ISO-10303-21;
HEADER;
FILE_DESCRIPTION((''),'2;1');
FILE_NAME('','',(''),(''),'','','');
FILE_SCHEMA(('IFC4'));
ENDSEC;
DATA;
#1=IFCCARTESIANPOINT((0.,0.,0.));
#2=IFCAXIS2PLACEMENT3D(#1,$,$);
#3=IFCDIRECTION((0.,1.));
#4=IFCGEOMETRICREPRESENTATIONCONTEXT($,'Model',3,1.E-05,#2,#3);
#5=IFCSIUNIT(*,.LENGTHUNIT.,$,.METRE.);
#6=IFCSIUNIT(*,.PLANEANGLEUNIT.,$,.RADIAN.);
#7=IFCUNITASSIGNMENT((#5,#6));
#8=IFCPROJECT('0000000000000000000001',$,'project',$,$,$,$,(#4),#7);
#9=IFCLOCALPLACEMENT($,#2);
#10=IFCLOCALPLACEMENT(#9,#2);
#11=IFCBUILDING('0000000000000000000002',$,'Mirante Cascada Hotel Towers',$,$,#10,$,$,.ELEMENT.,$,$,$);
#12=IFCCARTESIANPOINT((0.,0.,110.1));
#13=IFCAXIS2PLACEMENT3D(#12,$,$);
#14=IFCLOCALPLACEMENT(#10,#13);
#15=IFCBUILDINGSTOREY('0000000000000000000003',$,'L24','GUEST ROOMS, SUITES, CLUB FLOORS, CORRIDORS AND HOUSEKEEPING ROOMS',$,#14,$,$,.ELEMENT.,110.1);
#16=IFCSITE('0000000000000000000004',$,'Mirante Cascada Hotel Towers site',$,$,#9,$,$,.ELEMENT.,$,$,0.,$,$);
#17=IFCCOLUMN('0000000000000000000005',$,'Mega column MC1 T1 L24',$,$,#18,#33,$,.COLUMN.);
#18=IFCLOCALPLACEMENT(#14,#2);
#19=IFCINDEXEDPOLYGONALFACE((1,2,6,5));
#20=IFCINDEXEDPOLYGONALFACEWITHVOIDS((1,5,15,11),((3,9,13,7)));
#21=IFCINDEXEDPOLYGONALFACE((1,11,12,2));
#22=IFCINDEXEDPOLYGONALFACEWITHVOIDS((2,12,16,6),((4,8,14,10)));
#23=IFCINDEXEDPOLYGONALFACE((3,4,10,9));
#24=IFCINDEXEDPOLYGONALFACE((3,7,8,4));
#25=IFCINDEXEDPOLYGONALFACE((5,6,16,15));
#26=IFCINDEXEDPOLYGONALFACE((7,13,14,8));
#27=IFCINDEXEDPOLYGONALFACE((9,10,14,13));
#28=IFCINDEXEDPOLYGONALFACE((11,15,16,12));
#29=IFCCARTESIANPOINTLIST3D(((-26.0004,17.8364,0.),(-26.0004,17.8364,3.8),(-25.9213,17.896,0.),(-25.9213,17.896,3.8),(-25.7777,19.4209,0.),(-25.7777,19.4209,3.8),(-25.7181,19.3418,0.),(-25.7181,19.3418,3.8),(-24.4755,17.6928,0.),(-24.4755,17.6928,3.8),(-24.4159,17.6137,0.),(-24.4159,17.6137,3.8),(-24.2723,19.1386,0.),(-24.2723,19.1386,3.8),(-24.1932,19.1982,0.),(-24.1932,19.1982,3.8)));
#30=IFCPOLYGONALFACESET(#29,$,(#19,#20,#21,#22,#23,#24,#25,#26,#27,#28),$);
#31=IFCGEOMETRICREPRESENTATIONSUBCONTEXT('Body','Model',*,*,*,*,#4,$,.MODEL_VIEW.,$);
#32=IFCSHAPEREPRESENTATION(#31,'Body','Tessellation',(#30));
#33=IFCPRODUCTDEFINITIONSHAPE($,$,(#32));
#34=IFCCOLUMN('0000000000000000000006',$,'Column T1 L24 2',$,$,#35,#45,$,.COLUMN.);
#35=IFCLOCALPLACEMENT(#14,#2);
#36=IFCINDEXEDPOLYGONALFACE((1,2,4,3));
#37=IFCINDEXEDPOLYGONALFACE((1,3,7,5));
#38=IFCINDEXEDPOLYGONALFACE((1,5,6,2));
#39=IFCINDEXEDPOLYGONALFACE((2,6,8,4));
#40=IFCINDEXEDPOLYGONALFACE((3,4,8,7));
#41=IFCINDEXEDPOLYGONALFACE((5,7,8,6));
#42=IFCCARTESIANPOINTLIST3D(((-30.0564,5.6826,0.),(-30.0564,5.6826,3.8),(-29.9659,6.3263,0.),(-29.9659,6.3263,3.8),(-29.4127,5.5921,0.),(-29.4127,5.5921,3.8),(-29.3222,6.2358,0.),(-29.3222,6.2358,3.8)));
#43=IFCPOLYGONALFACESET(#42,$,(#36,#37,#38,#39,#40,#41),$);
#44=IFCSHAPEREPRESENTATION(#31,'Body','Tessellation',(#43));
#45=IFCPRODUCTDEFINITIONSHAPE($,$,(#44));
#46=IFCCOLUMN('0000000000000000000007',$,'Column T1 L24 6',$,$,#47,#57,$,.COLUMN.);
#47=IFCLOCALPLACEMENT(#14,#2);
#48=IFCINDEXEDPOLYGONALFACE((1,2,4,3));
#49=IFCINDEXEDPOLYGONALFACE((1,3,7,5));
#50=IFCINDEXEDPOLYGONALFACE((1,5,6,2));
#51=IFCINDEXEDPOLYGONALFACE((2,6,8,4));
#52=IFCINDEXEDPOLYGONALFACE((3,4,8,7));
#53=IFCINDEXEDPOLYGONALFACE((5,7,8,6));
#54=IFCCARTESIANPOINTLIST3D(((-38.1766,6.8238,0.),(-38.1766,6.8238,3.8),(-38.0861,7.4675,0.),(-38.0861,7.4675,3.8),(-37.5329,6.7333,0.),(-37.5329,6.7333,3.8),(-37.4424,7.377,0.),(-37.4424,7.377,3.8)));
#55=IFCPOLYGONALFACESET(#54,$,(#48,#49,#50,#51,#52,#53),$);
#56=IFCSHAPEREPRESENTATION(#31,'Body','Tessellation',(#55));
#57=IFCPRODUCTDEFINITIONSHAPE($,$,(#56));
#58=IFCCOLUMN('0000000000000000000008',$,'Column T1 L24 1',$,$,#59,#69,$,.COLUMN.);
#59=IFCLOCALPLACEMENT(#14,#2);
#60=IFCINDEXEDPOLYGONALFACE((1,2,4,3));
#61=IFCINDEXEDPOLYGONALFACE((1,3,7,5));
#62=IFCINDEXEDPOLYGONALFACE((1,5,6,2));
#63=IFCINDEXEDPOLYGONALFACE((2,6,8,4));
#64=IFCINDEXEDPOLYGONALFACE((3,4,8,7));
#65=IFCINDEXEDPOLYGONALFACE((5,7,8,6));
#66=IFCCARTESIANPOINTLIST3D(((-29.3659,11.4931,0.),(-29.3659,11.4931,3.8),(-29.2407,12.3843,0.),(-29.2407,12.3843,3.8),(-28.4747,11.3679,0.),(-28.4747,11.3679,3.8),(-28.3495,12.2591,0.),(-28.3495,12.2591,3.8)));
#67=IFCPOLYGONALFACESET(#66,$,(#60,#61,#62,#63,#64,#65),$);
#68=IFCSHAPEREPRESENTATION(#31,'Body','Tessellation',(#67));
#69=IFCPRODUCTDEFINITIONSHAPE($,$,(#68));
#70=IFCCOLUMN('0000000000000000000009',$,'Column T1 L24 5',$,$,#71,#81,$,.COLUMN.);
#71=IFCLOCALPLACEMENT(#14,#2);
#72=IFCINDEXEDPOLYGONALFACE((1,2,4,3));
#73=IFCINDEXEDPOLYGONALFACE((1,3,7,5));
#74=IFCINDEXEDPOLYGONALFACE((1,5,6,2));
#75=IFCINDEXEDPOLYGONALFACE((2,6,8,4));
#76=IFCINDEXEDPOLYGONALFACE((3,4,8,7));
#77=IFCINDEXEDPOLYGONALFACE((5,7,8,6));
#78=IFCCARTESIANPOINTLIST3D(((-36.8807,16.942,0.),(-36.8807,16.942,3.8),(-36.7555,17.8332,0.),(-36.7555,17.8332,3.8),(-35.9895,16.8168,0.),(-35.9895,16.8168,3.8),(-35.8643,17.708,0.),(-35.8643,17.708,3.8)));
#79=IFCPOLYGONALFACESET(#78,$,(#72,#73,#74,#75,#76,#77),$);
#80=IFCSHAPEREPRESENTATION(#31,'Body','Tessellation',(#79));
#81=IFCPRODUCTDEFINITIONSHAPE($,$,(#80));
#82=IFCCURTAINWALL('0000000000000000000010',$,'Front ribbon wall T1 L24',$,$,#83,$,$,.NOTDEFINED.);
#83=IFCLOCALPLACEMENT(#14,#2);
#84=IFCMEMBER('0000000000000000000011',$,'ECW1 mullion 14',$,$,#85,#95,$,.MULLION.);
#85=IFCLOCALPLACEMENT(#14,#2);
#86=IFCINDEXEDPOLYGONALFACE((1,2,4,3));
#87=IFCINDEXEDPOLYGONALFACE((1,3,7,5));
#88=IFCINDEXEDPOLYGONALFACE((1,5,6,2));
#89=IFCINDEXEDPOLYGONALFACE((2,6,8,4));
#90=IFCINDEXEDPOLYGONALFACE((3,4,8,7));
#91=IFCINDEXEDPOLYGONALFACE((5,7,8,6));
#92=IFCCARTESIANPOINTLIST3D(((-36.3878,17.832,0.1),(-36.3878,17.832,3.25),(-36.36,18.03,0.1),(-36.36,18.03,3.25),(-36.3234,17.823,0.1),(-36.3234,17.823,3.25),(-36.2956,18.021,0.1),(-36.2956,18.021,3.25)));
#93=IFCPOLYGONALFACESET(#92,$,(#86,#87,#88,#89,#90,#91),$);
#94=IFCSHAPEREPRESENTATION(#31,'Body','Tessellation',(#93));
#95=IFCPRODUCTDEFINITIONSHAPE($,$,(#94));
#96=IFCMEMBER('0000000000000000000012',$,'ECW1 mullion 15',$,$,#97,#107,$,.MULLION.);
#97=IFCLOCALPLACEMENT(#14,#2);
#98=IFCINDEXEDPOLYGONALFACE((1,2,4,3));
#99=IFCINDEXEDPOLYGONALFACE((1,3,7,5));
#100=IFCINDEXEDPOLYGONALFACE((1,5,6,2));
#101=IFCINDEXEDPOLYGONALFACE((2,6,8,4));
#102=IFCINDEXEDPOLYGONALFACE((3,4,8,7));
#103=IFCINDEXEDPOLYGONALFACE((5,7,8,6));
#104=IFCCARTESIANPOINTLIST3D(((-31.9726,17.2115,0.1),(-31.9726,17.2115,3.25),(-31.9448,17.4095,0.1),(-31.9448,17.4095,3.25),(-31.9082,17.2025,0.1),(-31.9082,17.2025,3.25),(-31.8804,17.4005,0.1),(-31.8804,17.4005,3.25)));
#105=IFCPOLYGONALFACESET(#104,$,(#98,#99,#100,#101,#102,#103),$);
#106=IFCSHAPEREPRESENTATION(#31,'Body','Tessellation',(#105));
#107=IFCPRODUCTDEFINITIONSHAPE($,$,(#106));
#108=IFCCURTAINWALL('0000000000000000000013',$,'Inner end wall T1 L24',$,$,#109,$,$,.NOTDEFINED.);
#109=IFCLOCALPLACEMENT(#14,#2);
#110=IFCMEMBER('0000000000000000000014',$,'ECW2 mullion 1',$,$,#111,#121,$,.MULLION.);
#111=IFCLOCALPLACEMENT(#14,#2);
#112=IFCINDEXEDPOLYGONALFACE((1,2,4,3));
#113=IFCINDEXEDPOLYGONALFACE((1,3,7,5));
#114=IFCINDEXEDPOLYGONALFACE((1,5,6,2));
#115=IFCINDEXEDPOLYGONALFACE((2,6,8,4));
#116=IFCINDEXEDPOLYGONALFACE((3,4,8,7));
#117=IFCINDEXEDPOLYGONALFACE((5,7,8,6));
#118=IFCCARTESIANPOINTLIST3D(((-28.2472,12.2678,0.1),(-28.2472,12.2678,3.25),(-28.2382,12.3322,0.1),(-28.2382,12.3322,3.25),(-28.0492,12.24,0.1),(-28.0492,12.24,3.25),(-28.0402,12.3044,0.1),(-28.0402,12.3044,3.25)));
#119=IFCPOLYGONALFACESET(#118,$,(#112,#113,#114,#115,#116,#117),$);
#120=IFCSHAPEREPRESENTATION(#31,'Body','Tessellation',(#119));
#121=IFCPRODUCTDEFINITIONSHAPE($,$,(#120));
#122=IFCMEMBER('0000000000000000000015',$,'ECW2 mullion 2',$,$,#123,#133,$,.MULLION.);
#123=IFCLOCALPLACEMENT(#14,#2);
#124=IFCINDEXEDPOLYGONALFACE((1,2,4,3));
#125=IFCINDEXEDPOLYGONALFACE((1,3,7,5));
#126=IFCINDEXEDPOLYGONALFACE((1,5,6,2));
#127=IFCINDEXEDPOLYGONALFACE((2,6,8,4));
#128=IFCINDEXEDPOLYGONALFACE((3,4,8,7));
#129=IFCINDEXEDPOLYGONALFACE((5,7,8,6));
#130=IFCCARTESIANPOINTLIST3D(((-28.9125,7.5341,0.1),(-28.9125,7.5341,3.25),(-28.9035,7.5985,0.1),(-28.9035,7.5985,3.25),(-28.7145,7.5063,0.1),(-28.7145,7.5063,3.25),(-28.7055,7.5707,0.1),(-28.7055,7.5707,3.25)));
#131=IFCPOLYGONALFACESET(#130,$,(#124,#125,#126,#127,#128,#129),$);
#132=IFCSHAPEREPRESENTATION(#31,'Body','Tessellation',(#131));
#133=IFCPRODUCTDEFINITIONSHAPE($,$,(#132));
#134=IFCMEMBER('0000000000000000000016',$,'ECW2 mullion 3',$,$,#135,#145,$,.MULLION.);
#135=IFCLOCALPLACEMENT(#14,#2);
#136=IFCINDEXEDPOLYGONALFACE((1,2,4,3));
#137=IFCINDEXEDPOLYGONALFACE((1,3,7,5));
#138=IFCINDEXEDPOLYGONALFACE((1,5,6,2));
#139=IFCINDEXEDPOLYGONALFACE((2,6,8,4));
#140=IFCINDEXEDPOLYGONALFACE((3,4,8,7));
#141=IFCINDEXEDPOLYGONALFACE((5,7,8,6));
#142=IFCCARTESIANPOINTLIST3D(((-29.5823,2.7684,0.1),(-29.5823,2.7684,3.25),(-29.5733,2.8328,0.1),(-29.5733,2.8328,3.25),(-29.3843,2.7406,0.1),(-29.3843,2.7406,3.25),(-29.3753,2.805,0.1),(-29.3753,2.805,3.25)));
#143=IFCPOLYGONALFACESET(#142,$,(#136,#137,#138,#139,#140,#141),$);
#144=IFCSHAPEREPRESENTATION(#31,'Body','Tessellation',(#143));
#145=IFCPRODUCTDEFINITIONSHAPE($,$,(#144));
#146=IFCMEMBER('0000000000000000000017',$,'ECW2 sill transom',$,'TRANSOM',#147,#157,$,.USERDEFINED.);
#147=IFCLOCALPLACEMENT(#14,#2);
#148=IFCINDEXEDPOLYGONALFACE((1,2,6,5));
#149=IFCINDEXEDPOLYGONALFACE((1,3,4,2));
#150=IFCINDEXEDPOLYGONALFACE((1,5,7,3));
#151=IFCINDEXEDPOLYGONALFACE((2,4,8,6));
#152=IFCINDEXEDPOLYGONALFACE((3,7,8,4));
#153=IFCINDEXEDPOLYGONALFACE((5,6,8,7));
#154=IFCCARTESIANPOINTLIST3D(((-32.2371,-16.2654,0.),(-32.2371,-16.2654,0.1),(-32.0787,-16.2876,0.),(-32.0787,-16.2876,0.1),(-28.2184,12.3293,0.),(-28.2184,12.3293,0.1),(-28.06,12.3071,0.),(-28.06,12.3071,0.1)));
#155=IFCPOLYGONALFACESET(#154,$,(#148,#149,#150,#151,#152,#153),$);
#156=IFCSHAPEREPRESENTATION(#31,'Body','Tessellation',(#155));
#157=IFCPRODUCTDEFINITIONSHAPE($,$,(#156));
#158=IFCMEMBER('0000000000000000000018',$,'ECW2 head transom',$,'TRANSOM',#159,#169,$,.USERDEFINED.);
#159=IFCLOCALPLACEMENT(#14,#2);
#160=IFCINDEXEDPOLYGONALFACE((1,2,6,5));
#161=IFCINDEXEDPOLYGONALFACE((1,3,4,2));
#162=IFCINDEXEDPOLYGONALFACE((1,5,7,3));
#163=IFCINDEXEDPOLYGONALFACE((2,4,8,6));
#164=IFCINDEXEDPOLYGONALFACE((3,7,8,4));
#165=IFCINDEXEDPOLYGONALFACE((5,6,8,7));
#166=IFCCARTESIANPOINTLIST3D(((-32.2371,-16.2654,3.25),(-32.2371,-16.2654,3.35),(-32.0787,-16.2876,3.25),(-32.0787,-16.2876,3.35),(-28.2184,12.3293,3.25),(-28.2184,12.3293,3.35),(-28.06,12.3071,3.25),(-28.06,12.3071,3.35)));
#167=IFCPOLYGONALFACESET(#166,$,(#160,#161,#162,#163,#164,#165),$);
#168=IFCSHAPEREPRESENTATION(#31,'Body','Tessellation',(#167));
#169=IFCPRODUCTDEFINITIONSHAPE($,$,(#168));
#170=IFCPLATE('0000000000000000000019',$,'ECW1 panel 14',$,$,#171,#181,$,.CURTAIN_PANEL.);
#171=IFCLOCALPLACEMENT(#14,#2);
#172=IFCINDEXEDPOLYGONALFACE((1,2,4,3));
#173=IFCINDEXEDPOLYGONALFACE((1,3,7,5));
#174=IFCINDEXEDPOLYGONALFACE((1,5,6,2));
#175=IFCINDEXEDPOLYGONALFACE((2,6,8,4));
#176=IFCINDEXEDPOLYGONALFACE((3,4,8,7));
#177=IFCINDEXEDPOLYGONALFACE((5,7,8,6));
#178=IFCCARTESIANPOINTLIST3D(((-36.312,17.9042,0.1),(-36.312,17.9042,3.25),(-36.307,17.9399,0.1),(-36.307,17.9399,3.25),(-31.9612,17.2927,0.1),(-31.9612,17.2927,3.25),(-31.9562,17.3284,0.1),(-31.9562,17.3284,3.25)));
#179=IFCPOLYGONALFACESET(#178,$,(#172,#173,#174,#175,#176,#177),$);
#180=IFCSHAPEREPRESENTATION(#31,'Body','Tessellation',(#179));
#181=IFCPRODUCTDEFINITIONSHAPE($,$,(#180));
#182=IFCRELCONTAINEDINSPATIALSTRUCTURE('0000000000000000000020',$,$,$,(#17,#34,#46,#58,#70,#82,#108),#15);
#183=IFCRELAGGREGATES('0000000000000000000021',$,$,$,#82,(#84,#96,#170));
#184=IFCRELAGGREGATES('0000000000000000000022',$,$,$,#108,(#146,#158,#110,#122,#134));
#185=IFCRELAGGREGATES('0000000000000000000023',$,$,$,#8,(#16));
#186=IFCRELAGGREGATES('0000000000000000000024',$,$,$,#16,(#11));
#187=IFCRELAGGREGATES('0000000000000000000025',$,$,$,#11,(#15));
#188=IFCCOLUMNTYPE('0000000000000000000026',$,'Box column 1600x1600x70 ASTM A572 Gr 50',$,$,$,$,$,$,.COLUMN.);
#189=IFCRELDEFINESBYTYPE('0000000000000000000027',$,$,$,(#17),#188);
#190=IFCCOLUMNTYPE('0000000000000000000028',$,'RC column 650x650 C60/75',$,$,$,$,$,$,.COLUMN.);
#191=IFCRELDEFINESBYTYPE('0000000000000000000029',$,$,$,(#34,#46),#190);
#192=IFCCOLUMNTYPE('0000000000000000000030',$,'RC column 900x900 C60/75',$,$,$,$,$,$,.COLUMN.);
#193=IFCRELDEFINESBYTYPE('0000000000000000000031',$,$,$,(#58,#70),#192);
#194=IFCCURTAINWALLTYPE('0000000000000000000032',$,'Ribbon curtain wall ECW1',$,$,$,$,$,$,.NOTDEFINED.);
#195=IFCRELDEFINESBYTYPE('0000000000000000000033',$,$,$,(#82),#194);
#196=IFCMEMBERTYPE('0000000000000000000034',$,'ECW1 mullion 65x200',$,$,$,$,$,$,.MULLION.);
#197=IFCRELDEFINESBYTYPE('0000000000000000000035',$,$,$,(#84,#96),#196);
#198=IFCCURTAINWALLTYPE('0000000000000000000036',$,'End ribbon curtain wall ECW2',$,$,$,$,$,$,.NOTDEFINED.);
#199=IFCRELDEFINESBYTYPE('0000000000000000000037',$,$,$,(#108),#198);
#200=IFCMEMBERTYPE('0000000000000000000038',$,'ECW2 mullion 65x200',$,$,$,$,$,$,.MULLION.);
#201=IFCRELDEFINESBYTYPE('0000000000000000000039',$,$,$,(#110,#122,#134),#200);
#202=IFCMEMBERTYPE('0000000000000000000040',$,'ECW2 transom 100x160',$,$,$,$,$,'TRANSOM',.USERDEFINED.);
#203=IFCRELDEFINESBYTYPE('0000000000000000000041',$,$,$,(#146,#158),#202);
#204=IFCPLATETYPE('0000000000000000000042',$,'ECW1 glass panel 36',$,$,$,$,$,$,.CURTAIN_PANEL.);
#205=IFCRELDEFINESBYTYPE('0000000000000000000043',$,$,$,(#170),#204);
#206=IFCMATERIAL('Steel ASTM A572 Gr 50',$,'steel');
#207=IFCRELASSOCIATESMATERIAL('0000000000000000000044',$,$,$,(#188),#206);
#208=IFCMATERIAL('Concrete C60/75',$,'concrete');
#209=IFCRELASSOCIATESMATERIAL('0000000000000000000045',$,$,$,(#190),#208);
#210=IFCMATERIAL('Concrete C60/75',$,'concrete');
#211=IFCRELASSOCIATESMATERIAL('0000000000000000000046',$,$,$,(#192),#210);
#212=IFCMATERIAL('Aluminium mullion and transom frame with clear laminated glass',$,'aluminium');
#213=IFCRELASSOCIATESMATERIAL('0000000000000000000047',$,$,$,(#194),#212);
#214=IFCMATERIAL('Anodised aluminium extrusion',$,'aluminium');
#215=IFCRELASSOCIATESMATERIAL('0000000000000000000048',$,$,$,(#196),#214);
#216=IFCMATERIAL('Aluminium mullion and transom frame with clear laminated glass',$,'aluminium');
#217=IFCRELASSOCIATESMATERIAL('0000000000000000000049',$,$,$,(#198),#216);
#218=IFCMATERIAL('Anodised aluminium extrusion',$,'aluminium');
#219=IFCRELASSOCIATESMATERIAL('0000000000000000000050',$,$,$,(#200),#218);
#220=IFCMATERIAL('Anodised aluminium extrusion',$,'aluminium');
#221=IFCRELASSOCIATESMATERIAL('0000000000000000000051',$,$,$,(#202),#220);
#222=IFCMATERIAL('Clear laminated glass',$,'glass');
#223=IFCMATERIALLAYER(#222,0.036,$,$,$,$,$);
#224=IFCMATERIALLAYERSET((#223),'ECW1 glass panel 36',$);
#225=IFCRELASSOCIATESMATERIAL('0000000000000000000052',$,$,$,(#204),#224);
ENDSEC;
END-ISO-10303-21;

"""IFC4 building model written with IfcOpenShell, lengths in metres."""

from ifc_helpers import new_model, si_unit, direction, frame, origin, origin_2d, place, context, subcontext, project, spatial, rectangle, hollow_rectangle, extrude, material, layer, layer_set, material_profile, profile_set, type_object, element, aggregate, save


model = new_model("IFC4")

# Units and contexts
model_context = context("Model", 3, precision=1e-05, world=origin(), true_north=direction((0.0, 1.0)))
body_context = subcontext(model_context, "Body", "Model", "MODEL_VIEW")
ifc_project = project(units=[si_unit("LENGTHUNIT", "METRE"), si_unit("PLANEANGLEUNIT", "RADIAN")], contexts=[model_context])

# Site, building, storey
site_placement = place(None, origin())
site = spatial("IfcSite", under=ifc_project, at=site_placement, Name="Mirante Cascada Hotel Towers site", CompositionType="ELEMENT", RefElevation=0.0)
building_placement = place(site_placement, origin())
building = spatial("IfcBuilding", under=site, at=building_placement, Name="Mirante Cascada Hotel Towers", CompositionType="ELEMENT")
storey_placement = place(building_placement, frame((0.0, 0.0, 110.1)))
storey = spatial("IfcBuildingStorey", under=building, at=storey_placement, Name="L24", Description="GUEST ROOMS, SUITES, CLUB FLOORS, CORRIDORS AND HOUSEKEEPING ROOMS", CompositionType="ELEMENT", Elevation=110.1)

# Columns
ifc_material_1 = material(Name="Steel ASTM A572 Gr 50", Category="steel")
ifc_material_profile_1 = material_profile(ifc_material_1, hollow_rectangle(XDim=1.6, YDim=1.6, WallThickness=0.07, at=origin_2d()), Name="Box column 1600x1600x70 ASTM A572 Gr 50")
ifc_profile_set_1 = profile_set([ifc_material_profile_1], Name="Steel ASTM A572 Gr 50")
column_type_1 = type_object("IfcColumnType", Name="Box column 1600x1600x70 ASTM A572 Gr 50", PredefinedType="COLUMN", material=ifc_profile_set_1)
column_placement = place(storey_placement, frame((-25.0968, 18.5173, 0.0), z_axis=(0.0, 0.0, 1.0), x_axis=(-0.990268, 0.139173, 0.0)))
element("IfcColumn", 1, at=column_placement, inside=storey, type_object=column_type_1, Name="Mega column MC1 T1 L24", PredefinedType="COLUMN", context=body_context, shape_type="SweptSolid", body=[
    extrude(hollow_rectangle(XDim=1.6, YDim=1.6, WallThickness=0.07, at=origin_2d()), origin(), (0.0, 0.0, 1.0), 3.8),
])
ifc_material_2 = material(Name="Concrete C60/75", Category="concrete")
ifc_material_profile_2 = material_profile(ifc_material_2, rectangle(XDim=0.65, YDim=0.65, at=origin_2d()), Name="RC column 650x650 C60/75")
ifc_profile_set_2 = profile_set([ifc_material_profile_2], Name="Concrete C60/75")
column_type_2 = type_object("IfcColumnType", Name="RC column 650x650 C60/75", PredefinedType="COLUMN", material=ifc_profile_set_2)
for number, where, z_axis, x_axis, name in (
    (2, (-29.6893, 5.9592, 0.0), (0.0, 0.0, 1.0), (-0.990268, 0.139173, 0.0), "Column T1 L24 2"),
    (3, (-37.8095, 7.1004, 0.0), (0.0, 0.0, 1.0), (-0.990268, 0.139173, 0.0), "Column T1 L24 6"),
):
    element("IfcColumn", number, at=place(storey_placement, frame(where, z_axis=z_axis, x_axis=x_axis)), inside=storey, type_object=column_type_2, Name=name, PredefinedType="COLUMN", context=body_context, shape_type="SweptSolid", body=[
        extrude(rectangle(XDim=0.65, YDim=0.65, at=origin_2d()), origin(), (0.0, 0.0, 1.0), 3.8),
    ])
ifc_material_3 = material(Name="Concrete C60/75", Category="concrete")
ifc_material_profile_3 = material_profile(ifc_material_3, rectangle(XDim=0.9, YDim=0.9, at=origin_2d()), Name="RC column 900x900 C60/75")
ifc_profile_set_3 = profile_set([ifc_material_profile_3], Name="Concrete C60/75")
column_type_3 = type_object("IfcColumnType", Name="RC column 900x900 C60/75", PredefinedType="COLUMN", material=ifc_profile_set_3)
for number, where, z_axis, x_axis, name in (
    (4, (-28.8577, 11.8761, 0.0), (0.0, 0.0, 1.0), (-0.990268, 0.139173, 0.0), "Column T1 L24 1"),
    (5, (-36.3725, 17.325, 0.0), (0.0, 0.0, 1.0), (-0.990268, 0.139173, 0.0), "Column T1 L24 5"),
):
    element("IfcColumn", number, at=place(storey_placement, frame(where, z_axis=z_axis, x_axis=x_axis)), inside=storey, type_object=column_type_3, Name=name, PredefinedType="COLUMN", context=body_context, shape_type="SweptSolid", body=[
        extrude(rectangle(XDim=0.9, YDim=0.9, at=origin_2d()), origin(), (0.0, 0.0, 1.0), 3.8),
    ])

# Curtain walls, members
ifc_material_4 = material(Name="Aluminium mullion and transom frame with clear laminated glass", Category="aluminium")
curtain_wall_type_1 = type_object("IfcCurtainWallType", Name="Ribbon curtain wall ECW1", PredefinedType="NOTDEFINED", material=ifc_material_4)
curtain_wall_1_placement = place(storey_placement, origin())
curtain_wall_1 = element("IfcCurtainWall", 6, at=curtain_wall_1_placement, inside=storey, type_object=curtain_wall_type_1, Name="Front ribbon wall T1 L24", PredefinedType="NOTDEFINED")
ifc_material_5 = material(Name="Anodised aluminium extrusion", Category="aluminium")
ifc_material_profile_4 = material_profile(ifc_material_5, rectangle(XDim=0.2, YDim=0.065, at=origin_2d()), Name="ECW1 MULLION 65x200")
ifc_profile_set_4 = profile_set([ifc_material_profile_4], Name="Anodised aluminium extrusion")
member_type_1 = type_object("IfcMemberType", Name="ECW1 mullion 65x200", PredefinedType="MULLION", material=ifc_profile_set_4)
member_1_placement = place(storey_placement, frame((-36.3417, 17.9265, 0.1), z_axis=(0.0, 0.0, 1.0), x_axis=(0.139173, 0.990268, 0.0)))
member_1 = element("IfcMember", 7, at=member_1_placement, type_object=member_type_1, Name="ECW1 mullion 14", PredefinedType="MULLION", context=body_context, shape_type="SweptSolid", body=[
    extrude(rectangle(XDim=0.2, YDim=0.065, at=origin_2d()), origin(), (0.0, 0.0, 1.0), 3.15),
])
member_2_placement = place(storey_placement, frame((-31.9265, 17.306, 0.1), z_axis=(0.0, 0.0, 1.0), x_axis=(0.139173, 0.990268, 0.0)))
member_2 = element("IfcMember", 8, at=member_2_placement, type_object=member_type_1, Name="ECW1 mullion 15", PredefinedType="MULLION", context=body_context, shape_type="SweptSolid", body=[
    extrude(rectangle(XDim=0.2, YDim=0.065, at=origin_2d()), origin(), (0.0, 0.0, 1.0), 3.15),
])
ifc_material_6 = material(Name="Aluminium mullion and transom frame with clear laminated glass", Category="aluminium")
curtain_wall_type_2 = type_object("IfcCurtainWallType", Name="End ribbon curtain wall ECW2", PredefinedType="NOTDEFINED", material=ifc_material_6)
curtain_wall_2_placement = place(storey_placement, origin())
curtain_wall_2 = element("IfcCurtainWall", 9, at=curtain_wall_2_placement, inside=storey, type_object=curtain_wall_type_2, Name="Inner end wall T1 L24", PredefinedType="NOTDEFINED")
ifc_material_7 = material(Name="Anodised aluminium extrusion", Category="aluminium")
ifc_material_profile_5 = material_profile(ifc_material_7, rectangle(XDim=0.2, YDim=0.065, at=origin_2d()), Name="ECW2 MULLION 65x200")
ifc_profile_set_5 = profile_set([ifc_material_profile_5], Name="Anodised aluminium extrusion")
member_type_2 = type_object("IfcMemberType", Name="ECW2 mullion 65x200", PredefinedType="MULLION", material=ifc_profile_set_5)
member_3_placement = place(storey_placement, frame((-28.1437, 12.2861, 0.1), z_axis=(0.0, 0.0, 1.0), x_axis=(0.990268, -0.139173, 0.0)))
member_3 = element("IfcMember", 10, at=member_3_placement, type_object=member_type_2, Name="ECW2 mullion 1", PredefinedType="MULLION", context=body_context, shape_type="SweptSolid", body=[
    extrude(rectangle(XDim=0.2, YDim=0.065, at=origin_2d()), origin(), (0.0, 0.0, 1.0), 3.15),
])
member_4_placement = place(storey_placement, frame((-28.809, 7.5524, 0.1), z_axis=(0.0, 0.0, 1.0), x_axis=(0.990268, -0.139173, 0.0)))
member_4 = element("IfcMember", 11, at=member_4_placement, type_object=member_type_2, Name="ECW2 mullion 2", PredefinedType="MULLION", context=body_context, shape_type="SweptSolid", body=[
    extrude(rectangle(XDim=0.2, YDim=0.065, at=origin_2d()), origin(), (0.0, 0.0, 1.0), 3.15),
])
member_5_placement = place(storey_placement, frame((-29.4788, 2.7867, 0.1), z_axis=(0.0, 0.0, 1.0), x_axis=(0.990268, -0.139173, 0.0)))
member_5 = element("IfcMember", 12, at=member_5_placement, type_object=member_type_2, Name="ECW2 mullion 3", PredefinedType="MULLION", context=body_context, shape_type="SweptSolid", body=[
    extrude(rectangle(XDim=0.2, YDim=0.065, at=origin_2d()), origin(), (0.0, 0.0, 1.0), 3.15),
])
ifc_material_8 = material(Name="Anodised aluminium extrusion", Category="aluminium")
ifc_material_profile_6 = material_profile(ifc_material_8, rectangle(XDim=0.16, YDim=0.1, at=origin_2d()), Name="ECW2 TRANSOM 100x160")
ifc_profile_set_6 = profile_set([ifc_material_profile_6], Name="Anodised aluminium extrusion")
member_type_3 = type_object("IfcMemberType", Name="ECW2 transom 100x160", ElementType="TRANSOM", PredefinedType="USERDEFINED", material=ifc_profile_set_6)
member_6_placement = place(storey_placement, frame((-28.1392, 12.3182, 0.05), z_axis=(-0.139172, -0.990268, 0.0), x_axis=(0.990268, -0.139172, 0.0)))
member_6 = element("IfcMember", 13, at=member_6_placement, type_object=member_type_3, Name="ECW2 sill transom", ObjectType="TRANSOM", PredefinedType="USERDEFINED", context=body_context, shape_type="SweptSolid", body=[
    extrude(rectangle(XDim=0.16, YDim=0.1, at=origin_2d()), origin(), (0.0, 0.0, 1.0), 28.8757),
])
member_7_placement = place(storey_placement, frame((-28.1392, 12.3182, 3.3), z_axis=(-0.139172, -0.990268, 0.0), x_axis=(0.990268, -0.139172, 0.0)))
member_7 = element("IfcMember", 14, at=member_7_placement, type_object=member_type_3, Name="ECW2 head transom", ObjectType="TRANSOM", PredefinedType="USERDEFINED", context=body_context, shape_type="SweptSolid", body=[
    extrude(rectangle(XDim=0.16, YDim=0.1, at=origin_2d()), origin(), (0.0, 0.0, 1.0), 28.8757),
])

# Plate
ifc_material_9 = material(Name="Clear laminated glass", Category="glass")
ifc_layer_1 = layer(ifc_material_9, 0.036)
ifc_layer_set_1 = layer_set([ifc_layer_1], Name="ECW1 glass panel 36")
plate_type_1 = type_object("IfcPlateType", Name="ECW1 glass panel 36", PredefinedType="CURTAIN_PANEL", material=ifc_layer_set_1)
plate_1_placement = place(storey_placement, frame((-34.1341, 17.6163, 0.1), z_axis=(0.0, 0.0, 1.0), x_axis=(0.990268, -0.139173, 0.0)))
plate_1 = element("IfcPlate", 15, at=plate_1_placement, type_object=plate_type_1, Name="ECW1 panel 14", PredefinedType="CURTAIN_PANEL", context=body_context, shape_type="SweptSolid", body=[
    extrude(rectangle(XDim=4.3936, YDim=0.036, at=origin_2d()), origin(), (0.0, 0.0, 1.0), 3.15),
])
aggregate(curtain_wall_1, [member_1, member_2, plate_1])
aggregate(curtain_wall_2, [member_6, member_7, member_3, member_4, member_5])

save(model, "model.ifc")
